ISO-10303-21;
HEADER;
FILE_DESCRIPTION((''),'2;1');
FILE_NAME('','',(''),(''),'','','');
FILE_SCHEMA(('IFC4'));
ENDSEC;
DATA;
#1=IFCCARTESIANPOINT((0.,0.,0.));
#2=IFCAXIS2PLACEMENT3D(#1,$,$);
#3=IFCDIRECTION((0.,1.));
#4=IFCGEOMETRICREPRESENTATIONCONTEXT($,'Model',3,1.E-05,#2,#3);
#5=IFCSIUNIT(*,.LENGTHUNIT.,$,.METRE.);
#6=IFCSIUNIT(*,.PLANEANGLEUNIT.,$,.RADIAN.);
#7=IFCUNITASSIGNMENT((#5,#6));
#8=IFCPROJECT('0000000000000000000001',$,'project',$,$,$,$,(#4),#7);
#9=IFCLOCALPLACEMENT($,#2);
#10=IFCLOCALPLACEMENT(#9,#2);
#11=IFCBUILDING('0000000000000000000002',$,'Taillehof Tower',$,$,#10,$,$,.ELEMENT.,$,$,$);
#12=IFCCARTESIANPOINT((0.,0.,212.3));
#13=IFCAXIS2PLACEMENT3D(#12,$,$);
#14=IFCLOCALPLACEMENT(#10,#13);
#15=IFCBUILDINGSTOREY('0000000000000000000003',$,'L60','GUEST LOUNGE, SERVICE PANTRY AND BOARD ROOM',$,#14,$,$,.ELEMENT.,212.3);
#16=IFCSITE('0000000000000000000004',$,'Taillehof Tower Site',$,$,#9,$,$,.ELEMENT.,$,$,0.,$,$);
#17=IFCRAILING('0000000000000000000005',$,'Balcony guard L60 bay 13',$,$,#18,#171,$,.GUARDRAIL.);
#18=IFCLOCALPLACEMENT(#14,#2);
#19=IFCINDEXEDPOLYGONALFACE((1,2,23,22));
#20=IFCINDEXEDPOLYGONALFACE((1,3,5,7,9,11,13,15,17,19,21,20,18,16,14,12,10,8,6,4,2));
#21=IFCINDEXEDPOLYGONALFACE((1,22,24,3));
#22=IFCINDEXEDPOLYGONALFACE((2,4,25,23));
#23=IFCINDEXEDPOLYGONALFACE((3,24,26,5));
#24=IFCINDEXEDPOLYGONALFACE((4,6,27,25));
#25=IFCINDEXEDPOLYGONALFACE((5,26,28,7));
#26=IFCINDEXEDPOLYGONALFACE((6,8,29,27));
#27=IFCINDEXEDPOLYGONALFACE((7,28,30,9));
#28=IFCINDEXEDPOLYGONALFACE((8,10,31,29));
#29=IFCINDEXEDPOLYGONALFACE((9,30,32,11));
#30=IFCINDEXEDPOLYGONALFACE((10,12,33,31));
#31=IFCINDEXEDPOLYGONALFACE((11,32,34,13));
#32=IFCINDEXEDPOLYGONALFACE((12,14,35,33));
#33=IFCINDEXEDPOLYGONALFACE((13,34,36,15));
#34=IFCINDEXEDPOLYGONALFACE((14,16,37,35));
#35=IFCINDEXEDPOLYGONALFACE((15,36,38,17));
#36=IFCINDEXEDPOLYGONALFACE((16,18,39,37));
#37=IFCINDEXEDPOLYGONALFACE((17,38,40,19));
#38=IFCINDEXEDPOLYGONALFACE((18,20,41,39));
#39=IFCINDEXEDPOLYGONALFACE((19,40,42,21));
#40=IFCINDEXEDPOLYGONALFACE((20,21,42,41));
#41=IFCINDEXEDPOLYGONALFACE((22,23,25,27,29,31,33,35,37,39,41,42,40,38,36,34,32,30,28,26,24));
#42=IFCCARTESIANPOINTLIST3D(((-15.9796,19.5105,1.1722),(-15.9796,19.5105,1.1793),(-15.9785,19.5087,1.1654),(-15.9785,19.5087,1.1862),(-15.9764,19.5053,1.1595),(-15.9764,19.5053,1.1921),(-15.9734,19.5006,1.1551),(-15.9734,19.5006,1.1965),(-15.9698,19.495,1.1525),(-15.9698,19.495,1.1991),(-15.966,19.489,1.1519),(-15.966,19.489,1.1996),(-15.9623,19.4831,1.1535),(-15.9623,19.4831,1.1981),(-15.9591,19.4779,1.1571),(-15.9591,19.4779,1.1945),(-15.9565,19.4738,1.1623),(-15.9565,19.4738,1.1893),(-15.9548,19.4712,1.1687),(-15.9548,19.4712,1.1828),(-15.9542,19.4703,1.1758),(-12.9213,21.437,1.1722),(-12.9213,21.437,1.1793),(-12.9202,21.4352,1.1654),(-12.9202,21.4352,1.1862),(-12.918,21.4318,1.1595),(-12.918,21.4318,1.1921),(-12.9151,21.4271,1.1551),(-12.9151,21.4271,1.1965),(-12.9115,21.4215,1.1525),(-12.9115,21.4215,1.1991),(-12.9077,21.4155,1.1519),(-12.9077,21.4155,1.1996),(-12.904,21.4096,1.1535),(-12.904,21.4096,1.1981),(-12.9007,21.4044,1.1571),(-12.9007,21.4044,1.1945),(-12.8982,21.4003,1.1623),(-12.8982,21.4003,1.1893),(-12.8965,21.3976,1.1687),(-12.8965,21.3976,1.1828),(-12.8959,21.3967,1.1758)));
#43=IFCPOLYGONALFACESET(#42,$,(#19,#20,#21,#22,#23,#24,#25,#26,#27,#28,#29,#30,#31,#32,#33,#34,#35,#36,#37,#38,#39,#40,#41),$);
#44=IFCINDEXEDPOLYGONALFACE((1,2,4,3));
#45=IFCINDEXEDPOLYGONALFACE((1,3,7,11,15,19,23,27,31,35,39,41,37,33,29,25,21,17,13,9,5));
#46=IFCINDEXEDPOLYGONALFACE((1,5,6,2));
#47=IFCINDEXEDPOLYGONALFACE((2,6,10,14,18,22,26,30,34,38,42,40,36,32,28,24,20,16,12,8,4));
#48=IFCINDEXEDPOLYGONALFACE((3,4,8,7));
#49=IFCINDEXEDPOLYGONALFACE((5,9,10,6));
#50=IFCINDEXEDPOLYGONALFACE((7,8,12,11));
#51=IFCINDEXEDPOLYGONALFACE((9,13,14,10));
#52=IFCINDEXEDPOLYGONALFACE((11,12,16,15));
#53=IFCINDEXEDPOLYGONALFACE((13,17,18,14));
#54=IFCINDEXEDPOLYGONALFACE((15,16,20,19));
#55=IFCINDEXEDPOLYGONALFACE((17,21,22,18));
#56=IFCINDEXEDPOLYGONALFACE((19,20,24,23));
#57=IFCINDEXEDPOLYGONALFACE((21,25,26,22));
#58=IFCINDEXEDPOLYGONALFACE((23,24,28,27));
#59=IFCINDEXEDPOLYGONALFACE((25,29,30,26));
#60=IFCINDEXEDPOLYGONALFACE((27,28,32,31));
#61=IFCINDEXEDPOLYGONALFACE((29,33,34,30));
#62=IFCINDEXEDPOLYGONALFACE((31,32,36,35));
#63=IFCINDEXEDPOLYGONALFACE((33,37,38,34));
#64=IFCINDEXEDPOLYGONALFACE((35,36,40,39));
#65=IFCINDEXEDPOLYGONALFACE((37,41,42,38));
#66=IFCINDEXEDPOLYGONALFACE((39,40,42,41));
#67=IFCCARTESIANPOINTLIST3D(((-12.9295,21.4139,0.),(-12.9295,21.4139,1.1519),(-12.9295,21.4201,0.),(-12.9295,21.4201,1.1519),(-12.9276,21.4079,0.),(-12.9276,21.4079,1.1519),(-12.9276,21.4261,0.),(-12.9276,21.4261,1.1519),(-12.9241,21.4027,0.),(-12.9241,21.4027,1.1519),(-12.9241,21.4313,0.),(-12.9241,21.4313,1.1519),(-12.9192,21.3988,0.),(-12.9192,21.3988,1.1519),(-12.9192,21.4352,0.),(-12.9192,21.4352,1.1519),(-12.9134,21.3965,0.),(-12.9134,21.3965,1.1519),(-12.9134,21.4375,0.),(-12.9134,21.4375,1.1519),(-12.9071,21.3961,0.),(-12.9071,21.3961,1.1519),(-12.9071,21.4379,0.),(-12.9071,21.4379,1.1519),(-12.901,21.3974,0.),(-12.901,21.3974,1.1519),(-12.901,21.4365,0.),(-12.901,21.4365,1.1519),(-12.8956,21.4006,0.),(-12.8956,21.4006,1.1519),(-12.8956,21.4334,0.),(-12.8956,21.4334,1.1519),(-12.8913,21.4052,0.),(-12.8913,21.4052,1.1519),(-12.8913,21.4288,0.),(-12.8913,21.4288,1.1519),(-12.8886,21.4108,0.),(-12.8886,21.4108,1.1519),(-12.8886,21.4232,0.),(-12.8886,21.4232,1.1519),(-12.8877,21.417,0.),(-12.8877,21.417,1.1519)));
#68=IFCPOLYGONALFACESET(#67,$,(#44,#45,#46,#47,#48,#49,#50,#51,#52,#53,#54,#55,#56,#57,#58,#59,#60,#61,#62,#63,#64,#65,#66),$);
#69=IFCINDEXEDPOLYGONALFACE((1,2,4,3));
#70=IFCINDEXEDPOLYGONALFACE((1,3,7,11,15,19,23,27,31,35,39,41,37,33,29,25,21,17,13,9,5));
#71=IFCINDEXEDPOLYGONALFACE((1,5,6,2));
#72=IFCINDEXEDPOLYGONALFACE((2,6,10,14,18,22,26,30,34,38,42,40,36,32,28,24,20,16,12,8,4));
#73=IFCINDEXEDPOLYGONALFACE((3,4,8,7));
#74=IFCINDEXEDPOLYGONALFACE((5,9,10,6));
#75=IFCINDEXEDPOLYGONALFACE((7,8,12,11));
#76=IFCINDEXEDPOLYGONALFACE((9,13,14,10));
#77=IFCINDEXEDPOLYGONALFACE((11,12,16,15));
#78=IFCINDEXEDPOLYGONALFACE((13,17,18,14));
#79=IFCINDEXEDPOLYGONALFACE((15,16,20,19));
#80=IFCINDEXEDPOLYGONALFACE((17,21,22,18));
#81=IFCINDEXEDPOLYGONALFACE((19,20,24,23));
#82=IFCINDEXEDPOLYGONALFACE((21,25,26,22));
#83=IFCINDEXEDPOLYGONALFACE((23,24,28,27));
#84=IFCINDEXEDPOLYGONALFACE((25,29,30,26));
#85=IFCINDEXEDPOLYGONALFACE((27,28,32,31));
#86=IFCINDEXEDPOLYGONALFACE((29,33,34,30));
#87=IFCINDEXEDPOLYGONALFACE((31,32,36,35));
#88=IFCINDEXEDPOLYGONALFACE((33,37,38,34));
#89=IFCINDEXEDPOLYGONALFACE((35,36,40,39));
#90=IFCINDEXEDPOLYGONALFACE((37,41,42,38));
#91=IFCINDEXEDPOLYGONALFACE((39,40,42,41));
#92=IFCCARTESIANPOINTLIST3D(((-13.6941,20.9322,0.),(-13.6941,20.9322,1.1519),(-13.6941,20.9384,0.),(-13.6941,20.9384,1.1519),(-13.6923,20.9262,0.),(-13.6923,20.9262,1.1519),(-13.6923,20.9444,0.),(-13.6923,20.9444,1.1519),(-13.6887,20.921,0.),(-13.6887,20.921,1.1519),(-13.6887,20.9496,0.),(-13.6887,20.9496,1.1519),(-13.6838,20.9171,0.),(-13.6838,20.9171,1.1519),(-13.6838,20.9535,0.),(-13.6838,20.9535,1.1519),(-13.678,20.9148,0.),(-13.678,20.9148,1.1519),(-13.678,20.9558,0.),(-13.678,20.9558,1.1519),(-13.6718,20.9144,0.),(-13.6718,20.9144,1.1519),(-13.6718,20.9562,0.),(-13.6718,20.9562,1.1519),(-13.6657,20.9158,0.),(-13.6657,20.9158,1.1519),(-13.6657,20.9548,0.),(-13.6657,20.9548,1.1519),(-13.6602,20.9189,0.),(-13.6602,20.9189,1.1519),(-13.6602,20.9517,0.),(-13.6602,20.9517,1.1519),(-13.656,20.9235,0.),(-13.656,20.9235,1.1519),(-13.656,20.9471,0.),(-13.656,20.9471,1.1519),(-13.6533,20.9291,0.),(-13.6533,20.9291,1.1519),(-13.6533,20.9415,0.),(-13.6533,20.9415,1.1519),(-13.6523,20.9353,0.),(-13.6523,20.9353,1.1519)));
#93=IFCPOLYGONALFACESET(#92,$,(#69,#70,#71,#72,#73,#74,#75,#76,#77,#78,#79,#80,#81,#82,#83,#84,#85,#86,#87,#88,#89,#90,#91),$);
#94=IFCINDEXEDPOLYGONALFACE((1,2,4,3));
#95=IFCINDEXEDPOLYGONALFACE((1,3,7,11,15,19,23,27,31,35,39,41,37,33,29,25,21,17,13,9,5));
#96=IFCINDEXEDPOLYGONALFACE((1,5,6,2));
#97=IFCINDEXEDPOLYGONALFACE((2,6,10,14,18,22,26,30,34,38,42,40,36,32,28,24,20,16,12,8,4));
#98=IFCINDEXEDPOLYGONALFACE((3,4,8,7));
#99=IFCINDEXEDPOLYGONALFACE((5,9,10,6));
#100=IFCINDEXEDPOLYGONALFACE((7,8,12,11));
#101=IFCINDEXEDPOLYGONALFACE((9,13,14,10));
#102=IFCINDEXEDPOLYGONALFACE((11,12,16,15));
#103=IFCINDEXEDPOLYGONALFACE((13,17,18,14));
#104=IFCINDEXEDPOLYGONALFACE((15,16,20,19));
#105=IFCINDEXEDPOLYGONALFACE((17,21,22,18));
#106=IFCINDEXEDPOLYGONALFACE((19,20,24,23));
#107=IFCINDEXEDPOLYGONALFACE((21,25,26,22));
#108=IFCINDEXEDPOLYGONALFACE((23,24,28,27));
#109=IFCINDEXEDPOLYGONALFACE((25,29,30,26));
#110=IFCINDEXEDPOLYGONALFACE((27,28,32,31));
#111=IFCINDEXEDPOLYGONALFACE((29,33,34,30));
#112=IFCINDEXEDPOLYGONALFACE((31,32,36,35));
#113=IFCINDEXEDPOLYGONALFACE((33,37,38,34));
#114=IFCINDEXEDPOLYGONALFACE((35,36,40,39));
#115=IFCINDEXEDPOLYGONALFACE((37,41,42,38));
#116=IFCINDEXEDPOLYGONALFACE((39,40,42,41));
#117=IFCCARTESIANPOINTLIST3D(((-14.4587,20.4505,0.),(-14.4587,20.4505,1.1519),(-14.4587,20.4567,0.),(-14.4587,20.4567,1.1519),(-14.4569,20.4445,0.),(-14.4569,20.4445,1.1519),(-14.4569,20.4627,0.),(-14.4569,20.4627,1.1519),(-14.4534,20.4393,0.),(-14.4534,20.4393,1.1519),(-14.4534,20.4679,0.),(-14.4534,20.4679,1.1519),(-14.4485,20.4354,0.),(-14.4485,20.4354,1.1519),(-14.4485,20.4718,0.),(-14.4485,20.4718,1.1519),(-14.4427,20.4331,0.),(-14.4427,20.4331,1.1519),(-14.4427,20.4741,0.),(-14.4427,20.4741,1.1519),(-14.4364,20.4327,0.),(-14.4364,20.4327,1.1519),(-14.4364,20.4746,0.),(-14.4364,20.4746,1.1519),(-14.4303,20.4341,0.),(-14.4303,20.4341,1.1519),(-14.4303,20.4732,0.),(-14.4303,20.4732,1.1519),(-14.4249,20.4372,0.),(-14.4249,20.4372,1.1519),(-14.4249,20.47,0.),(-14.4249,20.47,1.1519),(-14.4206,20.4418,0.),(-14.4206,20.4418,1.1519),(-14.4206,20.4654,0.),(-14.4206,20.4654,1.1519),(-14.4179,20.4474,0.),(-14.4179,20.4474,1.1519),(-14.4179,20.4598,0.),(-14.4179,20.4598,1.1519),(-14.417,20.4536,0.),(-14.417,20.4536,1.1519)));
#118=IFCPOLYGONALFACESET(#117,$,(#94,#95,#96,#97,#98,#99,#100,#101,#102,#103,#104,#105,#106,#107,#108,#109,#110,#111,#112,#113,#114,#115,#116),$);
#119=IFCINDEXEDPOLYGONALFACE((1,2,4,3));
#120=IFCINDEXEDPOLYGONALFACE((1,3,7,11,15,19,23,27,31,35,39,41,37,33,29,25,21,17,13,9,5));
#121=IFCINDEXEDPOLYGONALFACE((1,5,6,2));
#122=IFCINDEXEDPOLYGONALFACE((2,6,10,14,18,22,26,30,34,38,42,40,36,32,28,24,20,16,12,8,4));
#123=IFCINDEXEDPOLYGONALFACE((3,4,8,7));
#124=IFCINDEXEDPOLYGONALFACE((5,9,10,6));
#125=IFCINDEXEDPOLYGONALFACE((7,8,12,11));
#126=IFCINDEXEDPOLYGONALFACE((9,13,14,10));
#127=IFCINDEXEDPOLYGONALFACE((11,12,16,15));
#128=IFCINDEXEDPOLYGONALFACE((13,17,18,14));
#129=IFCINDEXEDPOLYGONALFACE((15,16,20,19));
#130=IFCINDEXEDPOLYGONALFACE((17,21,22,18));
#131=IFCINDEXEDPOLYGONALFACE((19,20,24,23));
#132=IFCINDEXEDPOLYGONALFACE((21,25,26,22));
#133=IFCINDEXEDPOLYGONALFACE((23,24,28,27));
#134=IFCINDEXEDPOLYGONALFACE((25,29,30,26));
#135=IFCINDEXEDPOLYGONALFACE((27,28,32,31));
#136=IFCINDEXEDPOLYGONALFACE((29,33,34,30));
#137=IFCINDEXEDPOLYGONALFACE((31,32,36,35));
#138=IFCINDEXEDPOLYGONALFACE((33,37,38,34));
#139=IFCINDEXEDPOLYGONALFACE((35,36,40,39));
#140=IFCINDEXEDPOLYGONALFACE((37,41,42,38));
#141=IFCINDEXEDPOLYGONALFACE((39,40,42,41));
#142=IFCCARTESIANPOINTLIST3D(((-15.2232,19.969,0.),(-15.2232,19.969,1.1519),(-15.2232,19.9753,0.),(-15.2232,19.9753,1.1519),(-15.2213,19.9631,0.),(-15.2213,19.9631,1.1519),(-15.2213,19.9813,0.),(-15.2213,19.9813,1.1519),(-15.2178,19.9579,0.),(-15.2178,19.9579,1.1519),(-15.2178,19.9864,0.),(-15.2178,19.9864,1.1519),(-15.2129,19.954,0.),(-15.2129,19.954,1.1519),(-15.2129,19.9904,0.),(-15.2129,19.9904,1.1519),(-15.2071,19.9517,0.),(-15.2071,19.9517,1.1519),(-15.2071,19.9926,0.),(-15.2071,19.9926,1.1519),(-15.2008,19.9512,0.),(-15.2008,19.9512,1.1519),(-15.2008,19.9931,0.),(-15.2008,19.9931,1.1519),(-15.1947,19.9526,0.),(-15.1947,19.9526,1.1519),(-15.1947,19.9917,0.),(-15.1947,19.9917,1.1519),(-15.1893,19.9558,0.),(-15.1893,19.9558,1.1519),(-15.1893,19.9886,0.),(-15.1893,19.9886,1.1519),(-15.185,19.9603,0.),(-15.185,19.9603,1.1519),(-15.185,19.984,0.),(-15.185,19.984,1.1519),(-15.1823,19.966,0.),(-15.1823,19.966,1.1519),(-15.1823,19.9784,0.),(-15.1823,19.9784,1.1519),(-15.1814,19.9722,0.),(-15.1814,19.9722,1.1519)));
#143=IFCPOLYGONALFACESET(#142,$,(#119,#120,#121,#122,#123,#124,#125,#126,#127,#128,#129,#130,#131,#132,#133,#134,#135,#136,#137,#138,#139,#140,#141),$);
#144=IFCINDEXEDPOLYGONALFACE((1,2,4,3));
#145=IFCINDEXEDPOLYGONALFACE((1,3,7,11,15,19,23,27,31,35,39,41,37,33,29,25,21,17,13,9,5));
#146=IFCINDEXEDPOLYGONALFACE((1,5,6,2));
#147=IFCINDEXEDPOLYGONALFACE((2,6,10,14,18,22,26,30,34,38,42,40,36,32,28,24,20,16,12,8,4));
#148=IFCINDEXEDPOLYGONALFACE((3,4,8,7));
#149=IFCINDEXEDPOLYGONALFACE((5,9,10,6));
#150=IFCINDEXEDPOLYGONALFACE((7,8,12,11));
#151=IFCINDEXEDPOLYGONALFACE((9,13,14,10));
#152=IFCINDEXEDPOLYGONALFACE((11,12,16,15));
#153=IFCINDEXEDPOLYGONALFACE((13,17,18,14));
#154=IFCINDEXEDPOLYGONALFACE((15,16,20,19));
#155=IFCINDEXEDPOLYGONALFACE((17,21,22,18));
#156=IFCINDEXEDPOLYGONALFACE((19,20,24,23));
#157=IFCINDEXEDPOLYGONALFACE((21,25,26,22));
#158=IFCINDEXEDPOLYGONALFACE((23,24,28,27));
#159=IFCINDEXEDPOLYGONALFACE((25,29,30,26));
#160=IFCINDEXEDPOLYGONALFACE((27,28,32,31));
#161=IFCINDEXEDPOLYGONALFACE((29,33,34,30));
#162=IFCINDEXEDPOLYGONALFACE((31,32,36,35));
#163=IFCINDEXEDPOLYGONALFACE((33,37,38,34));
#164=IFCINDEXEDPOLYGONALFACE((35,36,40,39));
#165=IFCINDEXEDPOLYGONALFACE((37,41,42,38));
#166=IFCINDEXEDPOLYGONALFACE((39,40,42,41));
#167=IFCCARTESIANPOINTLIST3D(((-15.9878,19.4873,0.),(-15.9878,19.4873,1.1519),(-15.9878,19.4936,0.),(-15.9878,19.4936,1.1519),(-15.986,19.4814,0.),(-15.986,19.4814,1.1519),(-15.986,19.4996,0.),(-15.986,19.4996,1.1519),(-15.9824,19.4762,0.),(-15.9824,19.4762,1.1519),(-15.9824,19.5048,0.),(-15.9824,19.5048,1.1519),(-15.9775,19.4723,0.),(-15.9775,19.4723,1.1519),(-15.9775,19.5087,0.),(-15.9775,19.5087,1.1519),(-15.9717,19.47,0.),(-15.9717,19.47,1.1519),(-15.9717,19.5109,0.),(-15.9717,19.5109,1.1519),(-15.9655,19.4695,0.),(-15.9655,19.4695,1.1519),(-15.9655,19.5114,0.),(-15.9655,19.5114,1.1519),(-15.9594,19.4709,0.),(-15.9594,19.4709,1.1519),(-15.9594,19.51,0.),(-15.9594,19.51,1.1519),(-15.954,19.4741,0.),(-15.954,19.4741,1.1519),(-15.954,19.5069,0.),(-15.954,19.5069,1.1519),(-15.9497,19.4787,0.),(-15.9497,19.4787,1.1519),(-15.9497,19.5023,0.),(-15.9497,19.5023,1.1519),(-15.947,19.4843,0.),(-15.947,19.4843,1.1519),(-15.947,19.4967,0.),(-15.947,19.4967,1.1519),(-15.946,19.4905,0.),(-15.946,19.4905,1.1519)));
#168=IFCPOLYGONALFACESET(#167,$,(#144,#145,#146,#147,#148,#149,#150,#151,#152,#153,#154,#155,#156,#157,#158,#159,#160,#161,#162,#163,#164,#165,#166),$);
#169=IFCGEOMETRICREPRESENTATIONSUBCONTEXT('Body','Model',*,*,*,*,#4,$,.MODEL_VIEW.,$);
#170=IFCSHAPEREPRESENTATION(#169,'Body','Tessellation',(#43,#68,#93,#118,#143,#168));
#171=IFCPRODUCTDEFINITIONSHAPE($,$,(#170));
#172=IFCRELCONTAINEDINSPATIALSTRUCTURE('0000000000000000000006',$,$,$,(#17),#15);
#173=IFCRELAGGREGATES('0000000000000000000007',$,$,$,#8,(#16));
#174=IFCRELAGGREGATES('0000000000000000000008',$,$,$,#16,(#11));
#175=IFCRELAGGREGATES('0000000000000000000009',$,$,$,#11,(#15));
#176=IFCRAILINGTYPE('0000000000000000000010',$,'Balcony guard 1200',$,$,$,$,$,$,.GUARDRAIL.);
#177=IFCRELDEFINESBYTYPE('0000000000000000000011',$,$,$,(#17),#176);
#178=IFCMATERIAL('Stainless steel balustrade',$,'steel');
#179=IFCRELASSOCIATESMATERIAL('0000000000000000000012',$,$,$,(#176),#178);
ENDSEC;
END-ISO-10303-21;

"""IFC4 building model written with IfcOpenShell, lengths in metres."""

from ifc_helpers import new_model, si_unit, direction, frame, origin, origin_2d, place, context, subcontext, project, spatial, circle, extrude, material, type_object, element, save


model = new_model("IFC4")

# Units and contexts
model_context = context("Model", 3, precision=1e-05, world=origin(), true_north=direction((0.0, 1.0)))
body_context = subcontext(model_context, "Body", "Model", "MODEL_VIEW")
ifc_project = project(units=[si_unit("LENGTHUNIT", "METRE"), si_unit("PLANEANGLEUNIT", "RADIAN")], contexts=[model_context])

# Site, building, storey
site_placement = place(None, origin())
site = spatial("IfcSite", under=ifc_project, at=site_placement, Name="Taillehof Tower Site", CompositionType="ELEMENT", RefElevation=0.0)
building_placement = place(site_placement, origin())
building = spatial("IfcBuilding", under=site, at=building_placement, Name="Taillehof Tower", CompositionType="ELEMENT")
storey_placement = place(building_placement, frame((0.0, 0.0, 212.3)))
storey = spatial("IfcBuildingStorey", under=building, at=storey_placement, Name="L60", Description="GUEST LOUNGE, SERVICE PANTRY AND BOARD ROOM", CompositionType="ELEMENT", Elevation=212.3)

# Railing
ifc_material_1 = material(Name="Stainless steel balustrade", Category="steel")
railing_type_1 = type_object("IfcRailingType", Name="Balcony guard 1200", PredefinedType="GUARDRAIL", material=ifc_material_1)
railing_1_placement = place(storey_placement, frame((-12.9087, 21.417, 0.0)))
element("IfcRailing", 1, at=railing_1_placement, inside=storey, type_object=railing_type_1, Name="Balcony guard L60 bay 13", PredefinedType="GUARDRAIL", context=body_context, shape_type="SweptSolid", body=[
    extrude(circle(Radius=0.0239, at=origin_2d()), frame((0.0, 0.0, 1.1758), z_axis=(-0.846122, -0.532989, 0.0), x_axis=(0.532989, -0.846122, 0.0)), (0.0, 0.0, 1.0), 3.6145),
    extrude(circle(Radius=0.021, at=origin_2d()), origin(), (0.0, 0.0, 1.0), 1.1519),
    extrude(circle(Radius=0.021, at=origin_2d()), frame((-0.7646, -0.4817, 0.0)), (0.0, 0.0, 1.0), 1.1519),
    extrude(circle(Radius=0.021, at=origin_2d()), frame((-1.5293, -0.9634, 0.0)), (0.0, 0.0, 1.0), 1.1519),
    extrude(circle(Radius=0.021, at=origin_2d()), frame((-2.2937, -1.4448, 0.0)), (0.0, 0.0, 1.0), 1.1519),
    extrude(circle(Radius=0.021, at=origin_2d()), frame((-3.0583, -1.9265, 0.0)), (0.0, 0.0, 1.0), 1.1519),
])

save(model, "model.ifc")
